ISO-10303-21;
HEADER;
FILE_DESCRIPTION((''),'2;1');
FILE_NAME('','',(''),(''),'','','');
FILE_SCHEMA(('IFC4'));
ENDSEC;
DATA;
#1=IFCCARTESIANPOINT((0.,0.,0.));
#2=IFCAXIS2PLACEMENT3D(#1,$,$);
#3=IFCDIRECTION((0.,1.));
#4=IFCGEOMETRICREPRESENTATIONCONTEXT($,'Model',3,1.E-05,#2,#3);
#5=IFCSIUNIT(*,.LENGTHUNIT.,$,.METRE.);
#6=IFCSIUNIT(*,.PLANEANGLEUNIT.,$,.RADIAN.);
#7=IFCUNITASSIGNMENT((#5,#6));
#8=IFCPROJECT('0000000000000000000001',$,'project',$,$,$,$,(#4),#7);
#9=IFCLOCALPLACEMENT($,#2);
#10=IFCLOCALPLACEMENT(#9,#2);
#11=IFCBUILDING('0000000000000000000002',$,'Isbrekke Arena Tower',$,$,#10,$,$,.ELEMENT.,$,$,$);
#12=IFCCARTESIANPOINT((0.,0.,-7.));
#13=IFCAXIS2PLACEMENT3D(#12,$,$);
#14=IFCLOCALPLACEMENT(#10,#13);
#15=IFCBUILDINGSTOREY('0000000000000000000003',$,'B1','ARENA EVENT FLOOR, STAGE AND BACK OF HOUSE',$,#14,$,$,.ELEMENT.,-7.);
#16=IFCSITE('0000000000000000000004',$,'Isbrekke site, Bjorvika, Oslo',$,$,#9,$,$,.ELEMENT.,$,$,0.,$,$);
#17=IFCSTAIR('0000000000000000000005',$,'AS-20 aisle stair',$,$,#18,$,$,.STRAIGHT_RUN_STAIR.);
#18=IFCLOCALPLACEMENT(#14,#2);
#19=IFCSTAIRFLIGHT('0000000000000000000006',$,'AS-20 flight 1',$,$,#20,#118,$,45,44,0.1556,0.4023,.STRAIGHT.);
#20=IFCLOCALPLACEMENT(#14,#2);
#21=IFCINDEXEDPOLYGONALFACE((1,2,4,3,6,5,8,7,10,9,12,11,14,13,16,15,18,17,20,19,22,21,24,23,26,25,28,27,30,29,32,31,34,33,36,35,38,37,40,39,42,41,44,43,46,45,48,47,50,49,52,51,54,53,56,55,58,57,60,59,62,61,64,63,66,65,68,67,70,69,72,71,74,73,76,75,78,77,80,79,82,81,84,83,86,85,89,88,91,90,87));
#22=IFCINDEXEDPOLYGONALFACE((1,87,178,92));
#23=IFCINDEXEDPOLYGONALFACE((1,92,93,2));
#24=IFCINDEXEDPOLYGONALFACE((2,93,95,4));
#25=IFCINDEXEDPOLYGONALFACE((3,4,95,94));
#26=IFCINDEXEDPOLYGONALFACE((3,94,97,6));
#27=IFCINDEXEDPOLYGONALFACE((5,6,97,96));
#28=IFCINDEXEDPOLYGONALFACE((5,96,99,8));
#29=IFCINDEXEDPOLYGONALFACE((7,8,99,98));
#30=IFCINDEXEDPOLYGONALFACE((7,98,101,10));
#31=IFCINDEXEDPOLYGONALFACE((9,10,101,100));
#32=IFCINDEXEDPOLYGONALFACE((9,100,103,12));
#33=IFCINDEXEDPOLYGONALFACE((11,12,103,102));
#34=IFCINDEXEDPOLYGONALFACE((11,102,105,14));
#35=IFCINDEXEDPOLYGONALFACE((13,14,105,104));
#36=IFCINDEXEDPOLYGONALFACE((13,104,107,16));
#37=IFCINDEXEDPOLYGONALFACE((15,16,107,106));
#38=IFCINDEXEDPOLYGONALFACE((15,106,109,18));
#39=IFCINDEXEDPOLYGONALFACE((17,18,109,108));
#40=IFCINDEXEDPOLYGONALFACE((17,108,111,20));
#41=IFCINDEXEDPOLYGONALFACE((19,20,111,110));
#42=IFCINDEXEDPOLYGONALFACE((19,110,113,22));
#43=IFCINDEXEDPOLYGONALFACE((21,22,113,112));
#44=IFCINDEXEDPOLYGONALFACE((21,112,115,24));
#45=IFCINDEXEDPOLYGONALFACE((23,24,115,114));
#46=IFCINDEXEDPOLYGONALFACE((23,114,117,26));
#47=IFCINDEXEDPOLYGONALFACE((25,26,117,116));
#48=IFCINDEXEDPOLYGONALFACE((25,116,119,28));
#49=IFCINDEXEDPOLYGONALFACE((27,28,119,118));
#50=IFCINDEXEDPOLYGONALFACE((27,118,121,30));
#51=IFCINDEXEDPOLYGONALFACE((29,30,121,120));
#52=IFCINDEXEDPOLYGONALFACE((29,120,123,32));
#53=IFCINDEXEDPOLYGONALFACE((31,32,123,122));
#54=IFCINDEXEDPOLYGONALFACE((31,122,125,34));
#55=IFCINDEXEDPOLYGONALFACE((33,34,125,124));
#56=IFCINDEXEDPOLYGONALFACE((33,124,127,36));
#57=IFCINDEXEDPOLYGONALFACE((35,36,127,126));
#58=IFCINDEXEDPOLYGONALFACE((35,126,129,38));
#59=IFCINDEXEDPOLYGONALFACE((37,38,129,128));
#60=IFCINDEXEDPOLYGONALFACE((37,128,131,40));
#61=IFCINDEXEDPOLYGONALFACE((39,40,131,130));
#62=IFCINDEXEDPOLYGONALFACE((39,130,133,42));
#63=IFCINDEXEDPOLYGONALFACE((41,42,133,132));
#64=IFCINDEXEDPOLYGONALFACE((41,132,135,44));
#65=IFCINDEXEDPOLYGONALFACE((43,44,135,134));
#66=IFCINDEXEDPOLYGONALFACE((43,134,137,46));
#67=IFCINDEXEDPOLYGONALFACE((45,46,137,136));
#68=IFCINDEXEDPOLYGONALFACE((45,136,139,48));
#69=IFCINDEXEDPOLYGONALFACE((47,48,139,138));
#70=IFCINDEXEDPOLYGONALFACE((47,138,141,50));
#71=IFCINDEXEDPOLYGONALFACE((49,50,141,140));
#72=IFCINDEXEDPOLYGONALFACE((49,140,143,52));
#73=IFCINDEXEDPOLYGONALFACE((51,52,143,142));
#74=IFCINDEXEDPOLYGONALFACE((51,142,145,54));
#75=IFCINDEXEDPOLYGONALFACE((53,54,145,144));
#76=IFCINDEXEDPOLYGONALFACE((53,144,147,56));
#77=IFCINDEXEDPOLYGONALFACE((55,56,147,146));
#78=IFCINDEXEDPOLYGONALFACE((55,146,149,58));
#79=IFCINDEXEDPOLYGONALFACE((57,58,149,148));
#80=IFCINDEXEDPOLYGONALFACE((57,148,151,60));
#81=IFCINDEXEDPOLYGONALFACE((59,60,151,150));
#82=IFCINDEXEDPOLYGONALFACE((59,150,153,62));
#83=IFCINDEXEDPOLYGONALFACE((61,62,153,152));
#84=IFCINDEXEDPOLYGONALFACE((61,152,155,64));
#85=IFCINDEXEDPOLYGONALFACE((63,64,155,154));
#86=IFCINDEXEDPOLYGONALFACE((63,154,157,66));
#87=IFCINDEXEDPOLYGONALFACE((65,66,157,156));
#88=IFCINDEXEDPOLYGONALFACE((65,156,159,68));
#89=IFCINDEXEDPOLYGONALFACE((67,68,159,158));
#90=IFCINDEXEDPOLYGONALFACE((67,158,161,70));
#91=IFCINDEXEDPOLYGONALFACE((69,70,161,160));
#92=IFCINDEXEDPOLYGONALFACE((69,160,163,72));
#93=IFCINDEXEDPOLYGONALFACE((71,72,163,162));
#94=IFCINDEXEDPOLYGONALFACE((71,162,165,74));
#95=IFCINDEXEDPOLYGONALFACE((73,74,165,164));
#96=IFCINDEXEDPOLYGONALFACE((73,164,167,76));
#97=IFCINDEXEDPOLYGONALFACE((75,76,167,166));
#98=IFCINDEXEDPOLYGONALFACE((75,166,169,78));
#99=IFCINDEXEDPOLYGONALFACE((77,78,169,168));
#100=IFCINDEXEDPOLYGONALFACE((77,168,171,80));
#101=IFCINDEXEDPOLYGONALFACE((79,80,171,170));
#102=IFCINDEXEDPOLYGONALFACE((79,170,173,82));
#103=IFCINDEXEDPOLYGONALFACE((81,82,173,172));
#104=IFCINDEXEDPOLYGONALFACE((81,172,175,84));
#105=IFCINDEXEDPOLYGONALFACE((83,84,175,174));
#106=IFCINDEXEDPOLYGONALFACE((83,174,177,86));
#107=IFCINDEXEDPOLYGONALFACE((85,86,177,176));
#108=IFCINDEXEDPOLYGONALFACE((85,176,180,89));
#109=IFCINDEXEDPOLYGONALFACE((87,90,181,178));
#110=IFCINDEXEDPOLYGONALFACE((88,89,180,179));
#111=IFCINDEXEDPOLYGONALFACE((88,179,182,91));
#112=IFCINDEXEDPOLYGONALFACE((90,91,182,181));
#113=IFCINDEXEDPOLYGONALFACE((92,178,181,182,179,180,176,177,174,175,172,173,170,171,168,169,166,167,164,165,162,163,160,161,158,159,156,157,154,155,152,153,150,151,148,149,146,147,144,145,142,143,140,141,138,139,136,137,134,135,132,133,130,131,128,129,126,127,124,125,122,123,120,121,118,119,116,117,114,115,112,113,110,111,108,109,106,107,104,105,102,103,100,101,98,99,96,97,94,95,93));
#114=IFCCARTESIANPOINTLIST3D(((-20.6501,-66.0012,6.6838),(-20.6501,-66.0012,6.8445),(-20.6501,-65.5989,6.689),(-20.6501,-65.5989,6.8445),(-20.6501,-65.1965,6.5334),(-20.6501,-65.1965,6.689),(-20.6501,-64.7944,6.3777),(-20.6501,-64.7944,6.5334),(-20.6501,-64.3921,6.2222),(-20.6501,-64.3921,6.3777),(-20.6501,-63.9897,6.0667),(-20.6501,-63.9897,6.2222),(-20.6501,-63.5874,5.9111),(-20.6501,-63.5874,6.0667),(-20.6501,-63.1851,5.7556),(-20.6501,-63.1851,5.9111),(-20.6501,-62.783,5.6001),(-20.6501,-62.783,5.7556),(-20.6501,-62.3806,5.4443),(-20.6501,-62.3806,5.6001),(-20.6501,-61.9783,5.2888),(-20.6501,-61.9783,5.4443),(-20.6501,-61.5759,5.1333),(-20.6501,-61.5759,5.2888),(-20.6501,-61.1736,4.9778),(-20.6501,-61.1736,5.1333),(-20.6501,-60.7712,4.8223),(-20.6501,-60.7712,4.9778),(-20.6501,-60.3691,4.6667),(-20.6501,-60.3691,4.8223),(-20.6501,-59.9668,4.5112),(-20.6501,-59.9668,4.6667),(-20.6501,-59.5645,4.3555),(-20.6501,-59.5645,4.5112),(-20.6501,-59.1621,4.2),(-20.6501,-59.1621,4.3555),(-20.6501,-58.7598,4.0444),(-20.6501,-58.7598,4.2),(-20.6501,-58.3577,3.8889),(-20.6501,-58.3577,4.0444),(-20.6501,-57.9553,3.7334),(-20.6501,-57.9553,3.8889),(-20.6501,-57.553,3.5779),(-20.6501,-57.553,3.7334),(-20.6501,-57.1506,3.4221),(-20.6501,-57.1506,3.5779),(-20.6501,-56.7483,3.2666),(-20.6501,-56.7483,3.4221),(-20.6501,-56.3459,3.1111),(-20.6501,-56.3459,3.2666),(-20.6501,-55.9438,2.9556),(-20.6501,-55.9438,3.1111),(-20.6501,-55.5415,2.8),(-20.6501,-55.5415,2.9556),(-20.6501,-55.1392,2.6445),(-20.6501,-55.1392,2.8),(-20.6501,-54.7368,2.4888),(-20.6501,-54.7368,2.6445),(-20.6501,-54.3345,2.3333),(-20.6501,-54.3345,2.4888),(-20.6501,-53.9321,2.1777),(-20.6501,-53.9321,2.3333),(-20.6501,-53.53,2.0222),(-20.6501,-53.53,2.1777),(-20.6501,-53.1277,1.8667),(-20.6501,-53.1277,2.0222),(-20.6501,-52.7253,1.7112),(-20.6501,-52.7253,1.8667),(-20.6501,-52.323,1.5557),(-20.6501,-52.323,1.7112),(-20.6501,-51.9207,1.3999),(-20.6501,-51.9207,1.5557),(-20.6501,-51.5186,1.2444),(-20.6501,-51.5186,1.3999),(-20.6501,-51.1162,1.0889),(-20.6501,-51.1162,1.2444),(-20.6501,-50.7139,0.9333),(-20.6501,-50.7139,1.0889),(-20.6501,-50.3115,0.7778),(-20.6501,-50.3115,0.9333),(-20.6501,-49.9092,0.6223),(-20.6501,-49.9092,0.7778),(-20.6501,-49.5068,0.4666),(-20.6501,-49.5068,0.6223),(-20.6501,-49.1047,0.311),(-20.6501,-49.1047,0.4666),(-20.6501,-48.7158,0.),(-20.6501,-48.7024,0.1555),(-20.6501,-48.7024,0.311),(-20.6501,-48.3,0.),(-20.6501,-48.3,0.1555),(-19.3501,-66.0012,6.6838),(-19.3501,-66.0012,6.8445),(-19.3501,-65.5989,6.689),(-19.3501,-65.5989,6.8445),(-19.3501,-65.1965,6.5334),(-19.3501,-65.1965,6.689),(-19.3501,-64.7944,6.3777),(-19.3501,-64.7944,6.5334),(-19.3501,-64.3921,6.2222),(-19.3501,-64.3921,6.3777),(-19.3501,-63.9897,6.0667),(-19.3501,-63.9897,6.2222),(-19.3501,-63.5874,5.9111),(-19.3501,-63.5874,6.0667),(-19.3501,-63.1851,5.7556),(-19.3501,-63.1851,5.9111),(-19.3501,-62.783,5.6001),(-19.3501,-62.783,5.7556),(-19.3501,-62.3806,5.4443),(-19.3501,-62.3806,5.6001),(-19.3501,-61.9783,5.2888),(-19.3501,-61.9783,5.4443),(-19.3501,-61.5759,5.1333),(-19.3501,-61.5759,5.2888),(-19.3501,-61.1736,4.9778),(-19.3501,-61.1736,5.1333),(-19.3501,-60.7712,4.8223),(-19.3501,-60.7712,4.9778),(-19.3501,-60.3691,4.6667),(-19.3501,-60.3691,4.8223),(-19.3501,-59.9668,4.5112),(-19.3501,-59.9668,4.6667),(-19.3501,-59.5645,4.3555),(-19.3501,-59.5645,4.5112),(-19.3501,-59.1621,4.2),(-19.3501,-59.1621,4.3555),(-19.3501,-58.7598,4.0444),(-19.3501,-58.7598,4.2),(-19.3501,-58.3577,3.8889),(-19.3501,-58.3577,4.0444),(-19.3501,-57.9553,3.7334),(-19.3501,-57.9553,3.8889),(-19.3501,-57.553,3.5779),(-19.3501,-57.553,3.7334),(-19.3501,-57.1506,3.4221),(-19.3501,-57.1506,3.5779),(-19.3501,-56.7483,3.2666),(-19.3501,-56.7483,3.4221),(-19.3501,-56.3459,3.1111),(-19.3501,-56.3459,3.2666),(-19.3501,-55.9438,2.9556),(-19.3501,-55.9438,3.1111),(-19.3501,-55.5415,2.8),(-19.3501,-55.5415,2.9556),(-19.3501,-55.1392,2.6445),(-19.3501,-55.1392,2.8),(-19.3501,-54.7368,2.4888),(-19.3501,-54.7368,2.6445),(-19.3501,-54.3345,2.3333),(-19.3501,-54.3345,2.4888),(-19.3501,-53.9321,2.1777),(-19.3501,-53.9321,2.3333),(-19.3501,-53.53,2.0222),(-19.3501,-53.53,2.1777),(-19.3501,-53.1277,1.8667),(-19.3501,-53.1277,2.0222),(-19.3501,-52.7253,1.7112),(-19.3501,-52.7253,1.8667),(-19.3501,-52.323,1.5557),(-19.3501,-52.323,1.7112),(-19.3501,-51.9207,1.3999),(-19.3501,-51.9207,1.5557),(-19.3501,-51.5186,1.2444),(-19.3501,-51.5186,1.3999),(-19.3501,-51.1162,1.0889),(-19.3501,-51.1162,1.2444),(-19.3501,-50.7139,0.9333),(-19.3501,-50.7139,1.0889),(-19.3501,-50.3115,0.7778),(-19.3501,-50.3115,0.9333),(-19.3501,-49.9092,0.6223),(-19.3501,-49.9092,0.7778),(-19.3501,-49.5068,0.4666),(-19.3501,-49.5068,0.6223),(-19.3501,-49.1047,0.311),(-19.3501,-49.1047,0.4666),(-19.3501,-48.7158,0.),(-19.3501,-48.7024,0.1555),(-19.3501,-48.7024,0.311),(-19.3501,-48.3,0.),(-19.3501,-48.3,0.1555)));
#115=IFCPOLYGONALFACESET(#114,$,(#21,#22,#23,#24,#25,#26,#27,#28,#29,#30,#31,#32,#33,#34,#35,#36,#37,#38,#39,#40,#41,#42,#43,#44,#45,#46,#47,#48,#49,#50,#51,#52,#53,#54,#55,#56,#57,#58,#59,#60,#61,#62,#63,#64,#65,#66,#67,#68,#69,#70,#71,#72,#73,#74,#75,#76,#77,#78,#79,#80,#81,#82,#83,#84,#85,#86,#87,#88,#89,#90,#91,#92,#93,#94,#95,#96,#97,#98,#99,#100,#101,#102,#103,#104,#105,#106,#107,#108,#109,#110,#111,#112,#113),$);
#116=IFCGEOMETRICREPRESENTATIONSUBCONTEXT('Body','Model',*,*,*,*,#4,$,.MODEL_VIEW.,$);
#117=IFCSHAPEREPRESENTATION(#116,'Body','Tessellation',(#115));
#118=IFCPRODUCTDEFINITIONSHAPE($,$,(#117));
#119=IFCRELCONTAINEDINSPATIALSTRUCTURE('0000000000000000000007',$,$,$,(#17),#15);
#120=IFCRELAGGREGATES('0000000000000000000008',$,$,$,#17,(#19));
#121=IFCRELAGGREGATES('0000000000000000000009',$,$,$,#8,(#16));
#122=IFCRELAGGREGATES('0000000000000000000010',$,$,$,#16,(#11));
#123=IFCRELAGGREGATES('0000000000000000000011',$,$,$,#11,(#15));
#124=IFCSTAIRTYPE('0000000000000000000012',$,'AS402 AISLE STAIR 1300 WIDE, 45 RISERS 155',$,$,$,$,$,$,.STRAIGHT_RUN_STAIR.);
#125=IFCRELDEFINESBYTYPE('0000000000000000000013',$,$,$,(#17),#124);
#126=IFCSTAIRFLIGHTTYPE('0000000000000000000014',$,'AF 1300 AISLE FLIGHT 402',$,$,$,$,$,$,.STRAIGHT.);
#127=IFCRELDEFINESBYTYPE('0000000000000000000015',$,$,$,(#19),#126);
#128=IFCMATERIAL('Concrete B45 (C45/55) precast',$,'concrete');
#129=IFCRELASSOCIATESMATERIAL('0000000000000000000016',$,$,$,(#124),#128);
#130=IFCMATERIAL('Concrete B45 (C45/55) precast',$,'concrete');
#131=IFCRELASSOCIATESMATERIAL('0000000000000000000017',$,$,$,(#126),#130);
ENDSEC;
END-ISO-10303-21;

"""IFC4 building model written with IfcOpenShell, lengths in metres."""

from ifc_helpers import new_model, si_unit, direction, frame, origin, place, context, subcontext, project, spatial, polyline, outline, extrude, material, type_object, element, aggregate, save


model = new_model("IFC4")

# Units and contexts
model_context = context("Model", 3, precision=1e-05, world=origin(), true_north=direction((0.0, 1.0)))
body_context = subcontext(model_context, "Body", "Model", "MODEL_VIEW")
ifc_project = project(units=[si_unit("LENGTHUNIT", "METRE"), si_unit("PLANEANGLEUNIT", "RADIAN")], contexts=[model_context])

# Site, building, storey
site_placement = place(None, origin())
site = spatial("IfcSite", under=ifc_project, at=site_placement, Name="Isbrekke site, Bjorvika, Oslo", CompositionType="ELEMENT", RefElevation=0.0)
building_placement = place(site_placement, origin())
building = spatial("IfcBuilding", under=site, at=building_placement, Name="Isbrekke Arena Tower", CompositionType="ELEMENT")
storey_placement = place(building_placement, frame((0.0, 0.0, -7.0)))
storey = spatial("IfcBuildingStorey", under=building, at=storey_placement, Name="B1", Description="ARENA EVENT FLOOR, STAGE AND BACK OF HOUSE", CompositionType="ELEMENT", Elevation=-7.0)

# Stair, stair flight
ifc_material_1 = material(Name="Concrete B45 (C45/55) precast", Category="concrete")
stair_type = type_object("IfcStairType", Name="AS402 AISLE STAIR 1300 WIDE, 45 RISERS 155", PredefinedType="STRAIGHT_RUN_STAIR", material=ifc_material_1)
stair_1_placement = place(storey_placement, origin())
stair_1 = element("IfcStair", 1, at=stair_1_placement, inside=storey, type_object=stair_type, Name="AS-20 aisle stair", PredefinedType="STRAIGHT_RUN_STAIR")
ifc_material_2 = material(Name="Concrete B45 (C45/55) precast", Category="concrete")
stair_flight_type = type_object("IfcStairFlightType", Name="AF 1300 AISLE FLIGHT 402", PredefinedType="STRAIGHT", material=ifc_material_2)
stair_flight_1_placement = place(storey_placement, frame((-20.0, -48.3, 0.0), z_axis=(0.0, 0.0, 1.0), x_axis=(0.0, -1.0, 0.0)))
stair_flight_1 = element("IfcStairFlight", 2, at=stair_flight_1_placement, type_object=stair_flight_type, Name="AS-20 flight 1", NumberOfRisers=45, NumberOfTreads=44, PredefinedType="STRAIGHT", RiserHeight=0.1556, TreadLength=0.4023, context=body_context, shape_type="SweptSolid", body=[
    extrude(outline(polyline([(0.0, 0.0), (0.0, 0.1555), (0.4023, 0.1555), (0.4023, 0.311), (0.8047, 0.311), (0.8047, 0.4666), (1.2068, 0.4666), (1.2068, 0.6223), (1.6091, 0.6223), (1.6091, 0.7778), (2.0115, 0.7778), (2.0115, 0.9333), (2.4138, 0.9333), (2.4138, 1.0889), (2.8162, 1.0889), (2.8162, 1.2444), (3.2185, 1.2444), (3.2185, 1.3999), (3.6206, 1.3999), (3.6206, 1.5557), (4.0229, 1.5557), (4.0229, 1.7112), (4.4253, 1.7112), (4.4253, 1.8667), (4.8276, 1.8667), (4.8276, 2.0222), (5.23, 2.0222), (5.23, 2.1777), (5.6321, 2.1777), (5.6321, 2.3333), (6.0344, 2.3333), (6.0344, 2.4888), (6.4368, 2.4888), (6.4368, 2.6445), (6.8391, 2.6445), (6.8391, 2.8), (7.2415, 2.8), (7.2415, 2.9556), (7.6438, 2.9556), (7.6438, 3.1111), (8.0459, 3.1111), (8.0459, 3.2666), (8.4482, 3.2666), (8.4482, 3.4221), (8.8506, 3.4221), (8.8506, 3.5779), (9.2529, 3.5779), (9.2529, 3.7334), (9.6553, 3.7334), (9.6553, 3.8889), (10.0576, 3.8889), (10.0576, 4.0444), (10.4597, 4.0444), (10.4597, 4.2), (10.8621, 4.2), (10.8621, 4.3555), (11.2644, 4.3555), (11.2644, 4.5112), (11.6667, 4.5112), (11.6667, 4.6667), (12.0691, 4.6667), (12.0691, 4.8223), (12.4712, 4.8223), (12.4712, 4.9778), (12.8735, 4.9778), (12.8735, 5.1333), (13.2759, 5.1333), (13.2759, 5.2888), (13.6782, 5.2888), (13.6782, 5.4443), (14.0806, 5.4443), (14.0806, 5.6001), (14.4829, 5.6001), (14.4829, 5.7556), (14.885, 5.7556), (14.885, 5.9111), (15.2874, 5.9111), (15.2874, 6.0667), (15.6897, 6.0667), (15.6897, 6.2222), (16.092, 6.2222), (16.092, 6.3777), (16.4944, 6.3777), (16.4944, 6.5334), (16.8965, 6.5334), (16.8965, 6.689), (17.2988, 6.689), (17.2988, 6.8445), (17.7012, 6.8445), (17.7012, 7.0), (17.7012, 6.6838), (0.4158, 0.0), (0.0, 0.0)])), frame((0.0, 0.6499, 0.0), z_axis=(0.0, -1.0, 0.0), x_axis=(1.0, 0.0, 0.0)), (0.0, 0.0, 1.0), 1.3),
])
aggregate(stair_1, [stair_flight_1])

save(model, "model.ifc")
